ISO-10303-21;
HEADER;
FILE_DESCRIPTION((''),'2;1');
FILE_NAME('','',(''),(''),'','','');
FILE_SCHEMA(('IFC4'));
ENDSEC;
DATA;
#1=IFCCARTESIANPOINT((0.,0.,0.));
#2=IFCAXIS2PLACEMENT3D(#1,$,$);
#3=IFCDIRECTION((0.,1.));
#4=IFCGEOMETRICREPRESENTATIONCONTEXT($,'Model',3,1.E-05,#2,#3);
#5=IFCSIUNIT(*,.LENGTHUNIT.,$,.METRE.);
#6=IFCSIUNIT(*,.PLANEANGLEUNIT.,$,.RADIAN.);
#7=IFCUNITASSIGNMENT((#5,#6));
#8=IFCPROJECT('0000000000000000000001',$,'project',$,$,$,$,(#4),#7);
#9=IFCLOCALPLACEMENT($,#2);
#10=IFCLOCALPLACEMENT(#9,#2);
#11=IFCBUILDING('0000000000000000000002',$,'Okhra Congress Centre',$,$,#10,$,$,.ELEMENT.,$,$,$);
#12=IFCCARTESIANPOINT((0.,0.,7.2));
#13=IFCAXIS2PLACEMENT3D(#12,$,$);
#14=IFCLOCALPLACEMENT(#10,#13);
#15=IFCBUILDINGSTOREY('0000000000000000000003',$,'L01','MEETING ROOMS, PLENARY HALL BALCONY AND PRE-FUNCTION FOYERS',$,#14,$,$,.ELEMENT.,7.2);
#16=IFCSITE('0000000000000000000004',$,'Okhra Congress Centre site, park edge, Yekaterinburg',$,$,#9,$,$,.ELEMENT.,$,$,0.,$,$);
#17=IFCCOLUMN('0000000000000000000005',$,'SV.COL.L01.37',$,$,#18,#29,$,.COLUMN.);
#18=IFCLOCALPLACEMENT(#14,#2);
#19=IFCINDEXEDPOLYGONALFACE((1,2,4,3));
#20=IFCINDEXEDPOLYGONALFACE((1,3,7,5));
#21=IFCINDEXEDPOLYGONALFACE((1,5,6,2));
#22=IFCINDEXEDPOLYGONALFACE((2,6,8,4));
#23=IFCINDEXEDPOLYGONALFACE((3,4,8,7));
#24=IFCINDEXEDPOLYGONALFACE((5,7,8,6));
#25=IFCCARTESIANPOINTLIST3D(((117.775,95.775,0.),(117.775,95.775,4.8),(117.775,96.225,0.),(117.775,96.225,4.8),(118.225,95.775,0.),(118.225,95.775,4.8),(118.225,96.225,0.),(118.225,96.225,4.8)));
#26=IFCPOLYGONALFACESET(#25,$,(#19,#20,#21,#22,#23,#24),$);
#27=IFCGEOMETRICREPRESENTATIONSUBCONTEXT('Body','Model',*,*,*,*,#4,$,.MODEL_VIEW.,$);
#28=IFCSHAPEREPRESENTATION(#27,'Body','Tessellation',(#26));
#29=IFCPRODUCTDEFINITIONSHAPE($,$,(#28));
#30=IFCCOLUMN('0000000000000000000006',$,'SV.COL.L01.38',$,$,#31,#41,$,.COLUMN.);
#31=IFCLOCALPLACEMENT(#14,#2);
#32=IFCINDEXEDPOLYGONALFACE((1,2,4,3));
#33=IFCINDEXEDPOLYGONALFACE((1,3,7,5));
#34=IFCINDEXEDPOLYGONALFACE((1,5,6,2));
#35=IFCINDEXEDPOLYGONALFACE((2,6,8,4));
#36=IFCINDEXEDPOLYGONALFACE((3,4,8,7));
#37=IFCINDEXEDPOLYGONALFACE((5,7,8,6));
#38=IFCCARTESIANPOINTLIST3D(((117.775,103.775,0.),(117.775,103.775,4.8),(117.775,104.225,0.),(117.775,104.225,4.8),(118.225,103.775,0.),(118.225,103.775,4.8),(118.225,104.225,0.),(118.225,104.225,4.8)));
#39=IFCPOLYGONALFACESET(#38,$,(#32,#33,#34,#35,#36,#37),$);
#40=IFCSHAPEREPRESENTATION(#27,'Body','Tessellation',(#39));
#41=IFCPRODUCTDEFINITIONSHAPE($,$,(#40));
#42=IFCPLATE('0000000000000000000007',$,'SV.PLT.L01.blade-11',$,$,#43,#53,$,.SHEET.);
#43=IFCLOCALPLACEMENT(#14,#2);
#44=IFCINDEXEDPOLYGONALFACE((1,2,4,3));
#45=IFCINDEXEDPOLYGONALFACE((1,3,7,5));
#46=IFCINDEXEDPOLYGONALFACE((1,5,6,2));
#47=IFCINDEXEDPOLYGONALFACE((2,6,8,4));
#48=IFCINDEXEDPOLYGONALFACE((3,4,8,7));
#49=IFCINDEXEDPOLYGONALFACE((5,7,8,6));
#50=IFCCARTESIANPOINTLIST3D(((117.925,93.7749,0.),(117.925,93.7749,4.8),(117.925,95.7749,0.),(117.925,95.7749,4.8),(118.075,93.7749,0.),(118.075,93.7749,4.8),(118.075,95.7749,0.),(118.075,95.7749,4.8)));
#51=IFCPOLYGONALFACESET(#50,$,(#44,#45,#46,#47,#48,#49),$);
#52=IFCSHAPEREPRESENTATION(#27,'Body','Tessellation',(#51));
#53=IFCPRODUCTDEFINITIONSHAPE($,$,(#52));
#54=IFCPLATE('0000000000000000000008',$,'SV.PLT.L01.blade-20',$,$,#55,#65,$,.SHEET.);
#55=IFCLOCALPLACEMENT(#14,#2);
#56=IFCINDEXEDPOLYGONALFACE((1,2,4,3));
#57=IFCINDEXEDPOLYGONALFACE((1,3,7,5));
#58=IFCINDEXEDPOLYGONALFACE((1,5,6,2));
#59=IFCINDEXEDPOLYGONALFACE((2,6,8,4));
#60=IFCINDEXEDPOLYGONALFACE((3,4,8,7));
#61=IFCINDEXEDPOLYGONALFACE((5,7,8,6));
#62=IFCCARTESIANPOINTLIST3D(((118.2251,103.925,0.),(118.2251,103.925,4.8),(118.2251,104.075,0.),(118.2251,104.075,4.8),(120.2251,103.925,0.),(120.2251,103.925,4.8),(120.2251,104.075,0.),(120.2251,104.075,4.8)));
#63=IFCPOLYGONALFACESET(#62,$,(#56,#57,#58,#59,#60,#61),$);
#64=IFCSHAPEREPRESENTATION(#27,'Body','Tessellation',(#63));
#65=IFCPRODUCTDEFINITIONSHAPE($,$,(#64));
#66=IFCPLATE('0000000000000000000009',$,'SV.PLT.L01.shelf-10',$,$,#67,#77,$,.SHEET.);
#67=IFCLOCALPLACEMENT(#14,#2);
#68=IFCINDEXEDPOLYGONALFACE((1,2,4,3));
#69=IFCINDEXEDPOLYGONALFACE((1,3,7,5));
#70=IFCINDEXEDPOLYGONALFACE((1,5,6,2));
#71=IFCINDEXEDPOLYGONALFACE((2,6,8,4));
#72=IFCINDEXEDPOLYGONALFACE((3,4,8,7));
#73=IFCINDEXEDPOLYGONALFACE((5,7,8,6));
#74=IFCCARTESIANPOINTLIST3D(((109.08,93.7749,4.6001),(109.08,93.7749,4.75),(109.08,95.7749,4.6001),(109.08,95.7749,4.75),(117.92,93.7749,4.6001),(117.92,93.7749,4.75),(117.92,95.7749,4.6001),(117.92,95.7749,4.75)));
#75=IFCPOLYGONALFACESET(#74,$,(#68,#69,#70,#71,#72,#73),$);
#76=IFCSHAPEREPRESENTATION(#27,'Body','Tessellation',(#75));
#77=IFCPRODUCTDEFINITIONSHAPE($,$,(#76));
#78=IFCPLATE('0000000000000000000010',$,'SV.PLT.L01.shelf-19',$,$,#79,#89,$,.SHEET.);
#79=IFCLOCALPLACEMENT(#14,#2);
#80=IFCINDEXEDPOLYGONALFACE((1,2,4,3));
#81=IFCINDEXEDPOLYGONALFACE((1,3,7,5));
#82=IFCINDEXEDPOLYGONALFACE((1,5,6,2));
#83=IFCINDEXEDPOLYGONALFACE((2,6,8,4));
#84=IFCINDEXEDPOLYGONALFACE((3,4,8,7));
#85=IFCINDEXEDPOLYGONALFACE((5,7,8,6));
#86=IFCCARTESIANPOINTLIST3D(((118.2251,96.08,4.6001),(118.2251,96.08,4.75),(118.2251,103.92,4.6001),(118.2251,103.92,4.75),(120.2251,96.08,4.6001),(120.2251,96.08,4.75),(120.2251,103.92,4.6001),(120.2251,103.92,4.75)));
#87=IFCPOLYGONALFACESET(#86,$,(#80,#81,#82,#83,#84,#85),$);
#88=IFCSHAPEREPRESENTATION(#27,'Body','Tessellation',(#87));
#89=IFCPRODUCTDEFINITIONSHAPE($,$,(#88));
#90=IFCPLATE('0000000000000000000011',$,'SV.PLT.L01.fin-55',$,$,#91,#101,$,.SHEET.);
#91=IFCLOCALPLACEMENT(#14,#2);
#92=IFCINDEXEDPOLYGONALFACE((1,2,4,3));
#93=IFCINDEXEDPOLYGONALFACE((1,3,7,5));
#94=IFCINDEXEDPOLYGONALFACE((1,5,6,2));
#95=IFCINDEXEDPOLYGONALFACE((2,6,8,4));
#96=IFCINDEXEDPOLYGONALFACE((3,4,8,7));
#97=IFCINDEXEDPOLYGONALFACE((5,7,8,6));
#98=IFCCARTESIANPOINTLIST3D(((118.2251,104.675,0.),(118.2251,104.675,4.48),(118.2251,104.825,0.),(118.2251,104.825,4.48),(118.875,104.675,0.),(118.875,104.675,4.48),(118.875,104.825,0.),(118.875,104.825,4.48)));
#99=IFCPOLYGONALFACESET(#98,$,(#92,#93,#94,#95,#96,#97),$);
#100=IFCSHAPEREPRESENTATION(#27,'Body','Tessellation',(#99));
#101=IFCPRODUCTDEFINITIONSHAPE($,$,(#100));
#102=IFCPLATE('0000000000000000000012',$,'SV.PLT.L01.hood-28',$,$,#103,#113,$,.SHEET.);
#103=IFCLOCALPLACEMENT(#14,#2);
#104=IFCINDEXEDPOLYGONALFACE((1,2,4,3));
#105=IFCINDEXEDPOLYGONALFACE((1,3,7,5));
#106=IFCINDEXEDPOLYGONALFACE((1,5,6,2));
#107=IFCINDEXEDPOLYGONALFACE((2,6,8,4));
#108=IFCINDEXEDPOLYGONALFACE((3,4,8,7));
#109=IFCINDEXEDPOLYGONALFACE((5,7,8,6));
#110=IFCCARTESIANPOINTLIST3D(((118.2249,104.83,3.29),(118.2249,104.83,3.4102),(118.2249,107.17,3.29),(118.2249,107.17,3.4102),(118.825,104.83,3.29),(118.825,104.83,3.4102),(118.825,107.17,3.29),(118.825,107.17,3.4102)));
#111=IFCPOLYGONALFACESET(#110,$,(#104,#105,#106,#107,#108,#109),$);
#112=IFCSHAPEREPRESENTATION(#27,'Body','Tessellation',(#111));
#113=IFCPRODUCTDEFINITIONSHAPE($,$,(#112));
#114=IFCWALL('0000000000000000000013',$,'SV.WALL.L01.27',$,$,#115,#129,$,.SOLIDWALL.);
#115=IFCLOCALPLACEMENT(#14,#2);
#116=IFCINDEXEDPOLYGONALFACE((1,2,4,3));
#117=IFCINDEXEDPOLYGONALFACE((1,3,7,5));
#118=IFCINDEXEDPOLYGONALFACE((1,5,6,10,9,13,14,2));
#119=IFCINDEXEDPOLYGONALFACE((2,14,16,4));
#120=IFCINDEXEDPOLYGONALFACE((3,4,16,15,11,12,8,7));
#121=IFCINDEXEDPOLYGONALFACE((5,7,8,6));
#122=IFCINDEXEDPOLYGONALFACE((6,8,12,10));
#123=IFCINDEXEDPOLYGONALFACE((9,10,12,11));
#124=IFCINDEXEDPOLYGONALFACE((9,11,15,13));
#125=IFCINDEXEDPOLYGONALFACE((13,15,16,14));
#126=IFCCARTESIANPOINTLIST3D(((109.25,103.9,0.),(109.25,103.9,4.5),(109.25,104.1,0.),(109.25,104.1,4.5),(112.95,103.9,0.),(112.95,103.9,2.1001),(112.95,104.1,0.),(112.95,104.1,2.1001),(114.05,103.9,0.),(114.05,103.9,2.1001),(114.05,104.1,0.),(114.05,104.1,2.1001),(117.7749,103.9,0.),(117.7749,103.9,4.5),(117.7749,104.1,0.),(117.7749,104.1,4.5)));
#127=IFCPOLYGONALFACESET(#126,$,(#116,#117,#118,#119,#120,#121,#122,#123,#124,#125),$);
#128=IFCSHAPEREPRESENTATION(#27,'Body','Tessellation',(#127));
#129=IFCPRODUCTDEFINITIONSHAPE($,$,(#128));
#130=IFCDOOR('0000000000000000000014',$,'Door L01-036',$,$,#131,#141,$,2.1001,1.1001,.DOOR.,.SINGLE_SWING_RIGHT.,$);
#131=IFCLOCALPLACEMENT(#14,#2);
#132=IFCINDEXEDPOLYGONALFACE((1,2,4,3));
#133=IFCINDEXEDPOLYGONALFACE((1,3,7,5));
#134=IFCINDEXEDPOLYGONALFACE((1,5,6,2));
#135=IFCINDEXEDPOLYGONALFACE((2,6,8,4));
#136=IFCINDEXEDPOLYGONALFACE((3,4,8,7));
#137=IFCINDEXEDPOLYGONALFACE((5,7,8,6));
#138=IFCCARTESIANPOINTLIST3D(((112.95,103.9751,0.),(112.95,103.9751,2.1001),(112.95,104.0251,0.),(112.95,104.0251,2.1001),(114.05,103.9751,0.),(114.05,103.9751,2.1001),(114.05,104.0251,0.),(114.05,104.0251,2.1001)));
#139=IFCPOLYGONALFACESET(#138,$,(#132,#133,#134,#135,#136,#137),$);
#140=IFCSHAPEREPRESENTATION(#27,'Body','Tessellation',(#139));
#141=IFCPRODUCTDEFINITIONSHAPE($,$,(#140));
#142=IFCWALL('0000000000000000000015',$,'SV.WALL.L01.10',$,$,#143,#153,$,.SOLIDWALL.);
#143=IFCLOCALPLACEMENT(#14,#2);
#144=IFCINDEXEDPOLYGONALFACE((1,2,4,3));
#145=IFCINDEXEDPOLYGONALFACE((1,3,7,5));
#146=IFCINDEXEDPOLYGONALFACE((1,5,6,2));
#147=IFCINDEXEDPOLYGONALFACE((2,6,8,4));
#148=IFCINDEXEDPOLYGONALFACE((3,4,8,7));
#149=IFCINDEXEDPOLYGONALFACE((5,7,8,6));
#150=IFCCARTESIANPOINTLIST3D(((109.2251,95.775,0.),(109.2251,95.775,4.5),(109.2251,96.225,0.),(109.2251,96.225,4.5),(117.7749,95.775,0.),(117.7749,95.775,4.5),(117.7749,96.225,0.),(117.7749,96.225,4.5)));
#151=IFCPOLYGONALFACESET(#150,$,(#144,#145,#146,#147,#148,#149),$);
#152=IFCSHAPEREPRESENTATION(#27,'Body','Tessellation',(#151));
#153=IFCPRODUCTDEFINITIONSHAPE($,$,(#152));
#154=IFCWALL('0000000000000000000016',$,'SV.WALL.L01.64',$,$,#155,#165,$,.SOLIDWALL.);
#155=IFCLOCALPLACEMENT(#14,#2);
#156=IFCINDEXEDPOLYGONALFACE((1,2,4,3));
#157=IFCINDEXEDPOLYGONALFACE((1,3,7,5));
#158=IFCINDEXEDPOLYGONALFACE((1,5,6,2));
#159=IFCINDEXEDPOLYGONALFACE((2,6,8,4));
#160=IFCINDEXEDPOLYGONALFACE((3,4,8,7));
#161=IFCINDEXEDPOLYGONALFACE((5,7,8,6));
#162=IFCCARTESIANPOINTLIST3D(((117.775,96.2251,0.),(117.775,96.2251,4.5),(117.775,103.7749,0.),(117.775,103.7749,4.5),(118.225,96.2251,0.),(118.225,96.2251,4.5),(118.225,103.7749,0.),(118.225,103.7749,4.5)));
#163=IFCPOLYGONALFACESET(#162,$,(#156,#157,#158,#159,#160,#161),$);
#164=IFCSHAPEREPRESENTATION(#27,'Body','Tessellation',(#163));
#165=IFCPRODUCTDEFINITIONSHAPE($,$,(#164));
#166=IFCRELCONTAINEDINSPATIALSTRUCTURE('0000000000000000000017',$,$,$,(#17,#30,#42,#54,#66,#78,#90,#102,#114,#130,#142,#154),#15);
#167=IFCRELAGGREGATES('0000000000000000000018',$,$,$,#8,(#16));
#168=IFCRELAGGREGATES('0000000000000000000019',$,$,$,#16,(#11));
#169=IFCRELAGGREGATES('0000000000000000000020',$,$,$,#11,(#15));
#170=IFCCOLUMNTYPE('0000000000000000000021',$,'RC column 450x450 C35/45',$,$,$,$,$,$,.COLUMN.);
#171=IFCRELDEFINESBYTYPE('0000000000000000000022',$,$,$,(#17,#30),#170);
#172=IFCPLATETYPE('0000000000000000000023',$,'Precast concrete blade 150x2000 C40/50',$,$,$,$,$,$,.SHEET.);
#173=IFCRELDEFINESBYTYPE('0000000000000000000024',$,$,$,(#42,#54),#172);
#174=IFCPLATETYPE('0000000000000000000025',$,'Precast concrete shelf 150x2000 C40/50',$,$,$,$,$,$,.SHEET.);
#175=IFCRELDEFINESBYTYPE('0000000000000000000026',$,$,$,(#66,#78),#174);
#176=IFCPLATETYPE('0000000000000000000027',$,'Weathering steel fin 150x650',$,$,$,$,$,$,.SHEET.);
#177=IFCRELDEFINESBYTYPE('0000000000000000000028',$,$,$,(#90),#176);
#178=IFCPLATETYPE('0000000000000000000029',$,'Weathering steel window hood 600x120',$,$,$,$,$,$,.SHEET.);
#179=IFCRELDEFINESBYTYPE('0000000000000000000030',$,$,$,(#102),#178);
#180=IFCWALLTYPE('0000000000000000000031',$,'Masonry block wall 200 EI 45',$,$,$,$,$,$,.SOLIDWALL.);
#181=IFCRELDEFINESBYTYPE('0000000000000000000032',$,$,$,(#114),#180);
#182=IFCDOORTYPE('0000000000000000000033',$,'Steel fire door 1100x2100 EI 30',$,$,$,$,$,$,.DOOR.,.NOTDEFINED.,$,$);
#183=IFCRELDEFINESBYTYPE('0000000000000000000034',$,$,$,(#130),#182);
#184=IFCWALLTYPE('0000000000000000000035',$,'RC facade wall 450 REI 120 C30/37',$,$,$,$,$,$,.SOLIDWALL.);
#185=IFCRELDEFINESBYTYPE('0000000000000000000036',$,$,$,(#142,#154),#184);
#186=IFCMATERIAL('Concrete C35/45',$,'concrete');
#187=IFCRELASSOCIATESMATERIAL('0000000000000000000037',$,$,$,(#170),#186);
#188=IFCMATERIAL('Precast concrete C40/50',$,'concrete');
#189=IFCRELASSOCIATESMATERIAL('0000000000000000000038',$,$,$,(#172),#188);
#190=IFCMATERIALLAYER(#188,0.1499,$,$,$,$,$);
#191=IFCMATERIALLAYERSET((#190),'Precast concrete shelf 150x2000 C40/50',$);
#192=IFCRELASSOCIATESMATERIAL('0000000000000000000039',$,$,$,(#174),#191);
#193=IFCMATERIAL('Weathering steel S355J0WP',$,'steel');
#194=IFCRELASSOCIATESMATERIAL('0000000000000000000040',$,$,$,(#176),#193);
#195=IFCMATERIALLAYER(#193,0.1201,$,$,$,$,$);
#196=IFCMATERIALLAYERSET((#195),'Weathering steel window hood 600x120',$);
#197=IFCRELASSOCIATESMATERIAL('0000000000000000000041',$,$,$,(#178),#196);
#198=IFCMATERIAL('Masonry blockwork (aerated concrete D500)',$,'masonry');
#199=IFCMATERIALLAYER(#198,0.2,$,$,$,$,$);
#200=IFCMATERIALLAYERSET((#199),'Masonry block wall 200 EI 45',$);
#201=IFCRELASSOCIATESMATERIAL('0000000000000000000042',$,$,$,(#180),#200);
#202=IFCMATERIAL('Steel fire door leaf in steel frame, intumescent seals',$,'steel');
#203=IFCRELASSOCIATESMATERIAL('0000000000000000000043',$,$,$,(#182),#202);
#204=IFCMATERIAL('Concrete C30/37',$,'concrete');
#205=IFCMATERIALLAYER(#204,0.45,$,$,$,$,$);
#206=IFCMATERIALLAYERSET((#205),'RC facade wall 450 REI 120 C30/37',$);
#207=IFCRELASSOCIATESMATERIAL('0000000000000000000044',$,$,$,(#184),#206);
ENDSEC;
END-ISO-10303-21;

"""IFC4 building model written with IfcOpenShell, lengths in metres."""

from ifc_helpers import new_model, si_unit, direction, frame, frame_2d, origin, origin_2d, place, context, subcontext, project, spatial, rectangle, extrude, material, layer, layer_set, material_profile, profile_set, type_object, element, fill, save


model = new_model("IFC4")

# Units and contexts
model_context = context("Model", 3, precision=1e-05, world=origin(), true_north=direction((0.0, 1.0)))
body_context = subcontext(model_context, "Body", "Model", "MODEL_VIEW")
ifc_project = project(units=[si_unit("LENGTHUNIT", "METRE"), si_unit("PLANEANGLEUNIT", "RADIAN")], contexts=[model_context])

# Site, building, storey
site_placement = place(None, origin())
site = spatial("IfcSite", under=ifc_project, at=site_placement, Name="Okhra Congress Centre site, park edge, Yekaterinburg", CompositionType="ELEMENT", RefElevation=0.0)
building_placement = place(site_placement, origin())
building = spatial("IfcBuilding", under=site, at=building_placement, Name="Okhra Congress Centre", CompositionType="ELEMENT")
storey_placement = place(building_placement, frame((0.0, 0.0, 7.2)))
storey = spatial("IfcBuildingStorey", under=building, at=storey_placement, Name="L01", Description="MEETING ROOMS, PLENARY HALL BALCONY AND PRE-FUNCTION FOYERS", CompositionType="ELEMENT", Elevation=7.2)

# Columns
ifc_material_1 = material(Name="Concrete C35/45", Category="concrete")
ifc_material_profile = material_profile(ifc_material_1, rectangle(XDim=0.45, YDim=0.45, at=origin_2d()), Name="RC 450x450")
ifc_profile_set = profile_set([ifc_material_profile], Name="Concrete C35/45")
column_type = type_object("IfcColumnType", Name="RC column 450x450 C35/45", PredefinedType="COLUMN", material=ifc_profile_set)
for number, where, z_axis, x_axis, name in (
    (1, (118.0, 96.0, 0.0), (0.0, 0.0, 1.0), (1.0, 0.0, 0.0), "SV.COL.L01.37"),
    (2, (118.0, 104.0, 0.0), (0.0, 0.0, 1.0), (1.0, 0.0, 0.0), "SV.COL.L01.38"),
):
    element("IfcColumn", number, at=place(storey_placement, frame(where, z_axis=z_axis, x_axis=x_axis)), inside=storey, type_object=column_type, Name=name, PredefinedType="COLUMN", context=body_context, shape_type="SweptSolid", body=[
        extrude(rectangle(XDim=0.45, YDim=0.45, at=origin_2d()), origin(), (0.0, 0.0, 1.0), 4.8),
    ])

# Plates
ifc_material_2 = material(Name="Precast concrete C40/50", Category="concrete")
plate_type_1 = type_object("IfcPlateType", Name="Precast concrete blade 150x2000 C40/50", PredefinedType="SHEET", material=ifc_material_2)
for number, where, z_axis, x_axis, name in (
    (3, (118.0, 94.7749, 0.0), (0.0, 0.0, 1.0), (1.0, 0.0, 0.0), "SV.PLT.L01.blade-11"),
    (4, (119.2251, 104.0, 0.0), (0.0, 0.0, 1.0), (0.0, 1.0, 0.0), "SV.PLT.L01.blade-20"),
):
    element("IfcPlate", number, at=place(storey_placement, frame(where, z_axis=z_axis, x_axis=x_axis)), inside=storey, type_object=plate_type_1, Name=name, PredefinedType="SHEET", context=body_context, shape_type="SweptSolid", body=[
        extrude(rectangle(XDim=0.1499, YDim=2.0, at=origin_2d()), origin(), (0.0, 0.0, 1.0), 4.8),
    ])
ifc_layer_1 = layer(ifc_material_2, 0.1499)
ifc_layer_set_1 = layer_set([ifc_layer_1], Name="Precast concrete shelf 150x2000 C40/50")
plate_type_2 = type_object("IfcPlateType", Name="Precast concrete shelf 150x2000 C40/50", PredefinedType="SHEET", material=ifc_layer_set_1)
plate_1_placement = place(storey_placement, frame((113.5, 94.7749, 4.6001), z_axis=(0.0, 0.0, 1.0), x_axis=(1.0, 0.0, 0.0)))
element("IfcPlate", 5, at=plate_1_placement, inside=storey, type_object=plate_type_2, Name="SV.PLT.L01.shelf-10", PredefinedType="SHEET", context=body_context, shape_type="SweptSolid", body=[
    extrude(rectangle(XDim=8.8401, YDim=2.0, at=origin_2d()), origin(), (0.0, 0.0, 1.0), 0.1499),
])
plate_2_placement = place(storey_placement, frame((119.2251, 100.0, 4.6001), z_axis=(0.0, 0.0, 1.0), x_axis=(0.0, 1.0, 0.0)))
element("IfcPlate", 6, at=plate_2_placement, inside=storey, type_object=plate_type_2, Name="SV.PLT.L01.shelf-19", PredefinedType="SHEET", context=body_context, shape_type="SweptSolid", body=[
    extrude(rectangle(XDim=7.8401, YDim=2.0, at=origin_2d()), origin(), (0.0, 0.0, 1.0), 0.1499),
])
ifc_material_3 = material(Name="Weathering steel S355J0WP", Category="steel")
plate_type_3 = type_object("IfcPlateType", Name="Weathering steel fin 150x650", PredefinedType="SHEET", material=ifc_material_3)
plate_3_placement = place(storey_placement, frame((118.55, 104.75, 0.0), z_axis=(0.0, 0.0, 1.0), x_axis=(0.0, 1.0, 0.0)))
element("IfcPlate", 7, at=plate_3_placement, inside=storey, type_object=plate_type_3, Name="SV.PLT.L01.fin-55", PredefinedType="SHEET", context=body_context, shape_type="SweptSolid", body=[
    extrude(rectangle(XDim=0.1499, YDim=0.6499, at=origin_2d()), origin(), (0.0, 0.0, 1.0), 4.48),
])
ifc_layer_2 = layer(ifc_material_3, 0.1201)
ifc_layer_set_2 = layer_set([ifc_layer_2], Name="Weathering steel window hood 600x120")
plate_type_4 = type_object("IfcPlateType", Name="Weathering steel window hood 600x120", PredefinedType="SHEET", material=ifc_layer_set_2)
plate_4_placement = place(storey_placement, frame((118.5249, 106.0, 3.29), z_axis=(0.0, 0.0, 1.0), x_axis=(0.0, 1.0, 0.0)))
element("IfcPlate", 8, at=plate_4_placement, inside=storey, type_object=plate_type_4, Name="SV.PLT.L01.hood-28", PredefinedType="SHEET", context=body_context, shape_type="SweptSolid", body=[
    extrude(rectangle(XDim=2.3401, YDim=0.6001, at=origin_2d()), origin(), (0.0, 0.0, 1.0), 0.1201),
])

# Wall, opening, door
ifc_material_4 = material(Name="Masonry blockwork (aerated concrete D500)", Category="masonry")
ifc_layer_3 = layer(ifc_material_4, 0.2)
ifc_layer_set_3 = layer_set([ifc_layer_3], Name="Masonry block wall 200 EI 45")
wall_type_1 = type_object("IfcWallType", Name="Masonry block wall 200 EI 45", PredefinedType="SOLIDWALL", material=ifc_layer_set_3)
wall_1_placement = place(storey_placement, frame((109.25, 104.0, 0.0), z_axis=(0.0, 0.0, 1.0), x_axis=(1.0, 0.0, 0.0)))
wall_1 = element("IfcWall", 9, at=wall_1_placement, inside=storey, type_object=wall_type_1, Name="SV.WALL.L01.27", PredefinedType="SOLIDWALL", context=body_context, shape_type="SweptSolid", body=[
    extrude(rectangle(XDim=8.5249, YDim=0.2, at=frame_2d((4.2625, 0.0))), origin(), (0.0, 0.0, 1.0), 4.5),
])
opening_1_placement = place(wall_1_placement, frame((3.7, 0.0, 0.0)))
opening_1 = element("IfcOpeningElement", 10, at=opening_1_placement, cuts=wall_1, PredefinedType="OPENING", context=body_context, shape_type="SweptSolid", body=[
    extrude(rectangle(XDim=1.1001, YDim=2.1001, at=frame_2d((0.55, 1.05))), frame((0.0, 0.1099, 0.0), z_axis=(0.0, -1.0, 0.0), x_axis=(1.0, 0.0, 0.0)), (0.0, 0.0, 1.0), 0.22),
])
ifc_material_5 = material(Name="Steel fire door leaf in steel frame, intumescent seals", Category="steel")
door_type = type_object("IfcDoorType", Name="Steel fire door 1100x2100 EI 30", OperationType="NOTDEFINED", PredefinedType="DOOR", material=ifc_material_5)
door_placement = place(opening_1_placement, frame((1.1001, 0.0, 0.0), z_axis=(0.0, 0.0, 1.0), x_axis=(-1.0, 0.0, 0.0)))
door = element("IfcDoor", 11, at=door_placement, inside=storey, type_object=door_type, Name="Door L01-036", OperationType="SINGLE_SWING_RIGHT", OverallHeight=2.1001, OverallWidth=1.1001, PredefinedType="DOOR", context=body_context, shape_type="SweptSolid", body=[
    extrude(rectangle(XDim=1.1001, YDim=2.1001, at=frame_2d((0.55, 1.05))), frame((0.0, 0.0249, 0.0), z_axis=(0.0, -1.0, 0.0), x_axis=(1.0, 0.0, 0.0)), (0.0, 0.0, 1.0), 0.05),
])
fill(opening_1, door)

# Walls
ifc_material_6 = material(Name="Concrete C30/37", Category="concrete")
ifc_layer_4 = layer(ifc_material_6, 0.45)
ifc_layer_set_4 = layer_set([ifc_layer_4], Name="RC facade wall 450 REI 120 C30/37")
wall_type_2 = type_object("IfcWallType", Name="RC facade wall 450 REI 120 C30/37", PredefinedType="SOLIDWALL", material=ifc_layer_set_4)
wall_2_placement = place(storey_placement, frame((109.2251, 96.0, 0.0), z_axis=(0.0, 0.0, 1.0), x_axis=(1.0, 0.0, 0.0)))
element("IfcWall", 12, at=wall_2_placement, inside=storey, type_object=wall_type_2, Name="SV.WALL.L01.10", PredefinedType="SOLIDWALL", context=body_context, shape_type="SweptSolid", body=[
    extrude(rectangle(XDim=8.5498, YDim=0.45, at=frame_2d((4.2749, 0.0))), origin(), (0.0, 0.0, 1.0), 4.5),
])
wall_3_placement = place(storey_placement, frame((118.0, 96.2251, 0.0), z_axis=(0.0, 0.0, 1.0), x_axis=(0.0, 1.0, 0.0)))
element("IfcWall", 13, at=wall_3_placement, inside=storey, type_object=wall_type_2, Name="SV.WALL.L01.64", PredefinedType="SOLIDWALL", context=body_context, shape_type="SweptSolid", body=[
    extrude(rectangle(XDim=7.5498, YDim=0.45, at=frame_2d((3.7749, 0.0))), origin(), (0.0, 0.0, 1.0), 4.5),
])

save(model, "model.ifc")
